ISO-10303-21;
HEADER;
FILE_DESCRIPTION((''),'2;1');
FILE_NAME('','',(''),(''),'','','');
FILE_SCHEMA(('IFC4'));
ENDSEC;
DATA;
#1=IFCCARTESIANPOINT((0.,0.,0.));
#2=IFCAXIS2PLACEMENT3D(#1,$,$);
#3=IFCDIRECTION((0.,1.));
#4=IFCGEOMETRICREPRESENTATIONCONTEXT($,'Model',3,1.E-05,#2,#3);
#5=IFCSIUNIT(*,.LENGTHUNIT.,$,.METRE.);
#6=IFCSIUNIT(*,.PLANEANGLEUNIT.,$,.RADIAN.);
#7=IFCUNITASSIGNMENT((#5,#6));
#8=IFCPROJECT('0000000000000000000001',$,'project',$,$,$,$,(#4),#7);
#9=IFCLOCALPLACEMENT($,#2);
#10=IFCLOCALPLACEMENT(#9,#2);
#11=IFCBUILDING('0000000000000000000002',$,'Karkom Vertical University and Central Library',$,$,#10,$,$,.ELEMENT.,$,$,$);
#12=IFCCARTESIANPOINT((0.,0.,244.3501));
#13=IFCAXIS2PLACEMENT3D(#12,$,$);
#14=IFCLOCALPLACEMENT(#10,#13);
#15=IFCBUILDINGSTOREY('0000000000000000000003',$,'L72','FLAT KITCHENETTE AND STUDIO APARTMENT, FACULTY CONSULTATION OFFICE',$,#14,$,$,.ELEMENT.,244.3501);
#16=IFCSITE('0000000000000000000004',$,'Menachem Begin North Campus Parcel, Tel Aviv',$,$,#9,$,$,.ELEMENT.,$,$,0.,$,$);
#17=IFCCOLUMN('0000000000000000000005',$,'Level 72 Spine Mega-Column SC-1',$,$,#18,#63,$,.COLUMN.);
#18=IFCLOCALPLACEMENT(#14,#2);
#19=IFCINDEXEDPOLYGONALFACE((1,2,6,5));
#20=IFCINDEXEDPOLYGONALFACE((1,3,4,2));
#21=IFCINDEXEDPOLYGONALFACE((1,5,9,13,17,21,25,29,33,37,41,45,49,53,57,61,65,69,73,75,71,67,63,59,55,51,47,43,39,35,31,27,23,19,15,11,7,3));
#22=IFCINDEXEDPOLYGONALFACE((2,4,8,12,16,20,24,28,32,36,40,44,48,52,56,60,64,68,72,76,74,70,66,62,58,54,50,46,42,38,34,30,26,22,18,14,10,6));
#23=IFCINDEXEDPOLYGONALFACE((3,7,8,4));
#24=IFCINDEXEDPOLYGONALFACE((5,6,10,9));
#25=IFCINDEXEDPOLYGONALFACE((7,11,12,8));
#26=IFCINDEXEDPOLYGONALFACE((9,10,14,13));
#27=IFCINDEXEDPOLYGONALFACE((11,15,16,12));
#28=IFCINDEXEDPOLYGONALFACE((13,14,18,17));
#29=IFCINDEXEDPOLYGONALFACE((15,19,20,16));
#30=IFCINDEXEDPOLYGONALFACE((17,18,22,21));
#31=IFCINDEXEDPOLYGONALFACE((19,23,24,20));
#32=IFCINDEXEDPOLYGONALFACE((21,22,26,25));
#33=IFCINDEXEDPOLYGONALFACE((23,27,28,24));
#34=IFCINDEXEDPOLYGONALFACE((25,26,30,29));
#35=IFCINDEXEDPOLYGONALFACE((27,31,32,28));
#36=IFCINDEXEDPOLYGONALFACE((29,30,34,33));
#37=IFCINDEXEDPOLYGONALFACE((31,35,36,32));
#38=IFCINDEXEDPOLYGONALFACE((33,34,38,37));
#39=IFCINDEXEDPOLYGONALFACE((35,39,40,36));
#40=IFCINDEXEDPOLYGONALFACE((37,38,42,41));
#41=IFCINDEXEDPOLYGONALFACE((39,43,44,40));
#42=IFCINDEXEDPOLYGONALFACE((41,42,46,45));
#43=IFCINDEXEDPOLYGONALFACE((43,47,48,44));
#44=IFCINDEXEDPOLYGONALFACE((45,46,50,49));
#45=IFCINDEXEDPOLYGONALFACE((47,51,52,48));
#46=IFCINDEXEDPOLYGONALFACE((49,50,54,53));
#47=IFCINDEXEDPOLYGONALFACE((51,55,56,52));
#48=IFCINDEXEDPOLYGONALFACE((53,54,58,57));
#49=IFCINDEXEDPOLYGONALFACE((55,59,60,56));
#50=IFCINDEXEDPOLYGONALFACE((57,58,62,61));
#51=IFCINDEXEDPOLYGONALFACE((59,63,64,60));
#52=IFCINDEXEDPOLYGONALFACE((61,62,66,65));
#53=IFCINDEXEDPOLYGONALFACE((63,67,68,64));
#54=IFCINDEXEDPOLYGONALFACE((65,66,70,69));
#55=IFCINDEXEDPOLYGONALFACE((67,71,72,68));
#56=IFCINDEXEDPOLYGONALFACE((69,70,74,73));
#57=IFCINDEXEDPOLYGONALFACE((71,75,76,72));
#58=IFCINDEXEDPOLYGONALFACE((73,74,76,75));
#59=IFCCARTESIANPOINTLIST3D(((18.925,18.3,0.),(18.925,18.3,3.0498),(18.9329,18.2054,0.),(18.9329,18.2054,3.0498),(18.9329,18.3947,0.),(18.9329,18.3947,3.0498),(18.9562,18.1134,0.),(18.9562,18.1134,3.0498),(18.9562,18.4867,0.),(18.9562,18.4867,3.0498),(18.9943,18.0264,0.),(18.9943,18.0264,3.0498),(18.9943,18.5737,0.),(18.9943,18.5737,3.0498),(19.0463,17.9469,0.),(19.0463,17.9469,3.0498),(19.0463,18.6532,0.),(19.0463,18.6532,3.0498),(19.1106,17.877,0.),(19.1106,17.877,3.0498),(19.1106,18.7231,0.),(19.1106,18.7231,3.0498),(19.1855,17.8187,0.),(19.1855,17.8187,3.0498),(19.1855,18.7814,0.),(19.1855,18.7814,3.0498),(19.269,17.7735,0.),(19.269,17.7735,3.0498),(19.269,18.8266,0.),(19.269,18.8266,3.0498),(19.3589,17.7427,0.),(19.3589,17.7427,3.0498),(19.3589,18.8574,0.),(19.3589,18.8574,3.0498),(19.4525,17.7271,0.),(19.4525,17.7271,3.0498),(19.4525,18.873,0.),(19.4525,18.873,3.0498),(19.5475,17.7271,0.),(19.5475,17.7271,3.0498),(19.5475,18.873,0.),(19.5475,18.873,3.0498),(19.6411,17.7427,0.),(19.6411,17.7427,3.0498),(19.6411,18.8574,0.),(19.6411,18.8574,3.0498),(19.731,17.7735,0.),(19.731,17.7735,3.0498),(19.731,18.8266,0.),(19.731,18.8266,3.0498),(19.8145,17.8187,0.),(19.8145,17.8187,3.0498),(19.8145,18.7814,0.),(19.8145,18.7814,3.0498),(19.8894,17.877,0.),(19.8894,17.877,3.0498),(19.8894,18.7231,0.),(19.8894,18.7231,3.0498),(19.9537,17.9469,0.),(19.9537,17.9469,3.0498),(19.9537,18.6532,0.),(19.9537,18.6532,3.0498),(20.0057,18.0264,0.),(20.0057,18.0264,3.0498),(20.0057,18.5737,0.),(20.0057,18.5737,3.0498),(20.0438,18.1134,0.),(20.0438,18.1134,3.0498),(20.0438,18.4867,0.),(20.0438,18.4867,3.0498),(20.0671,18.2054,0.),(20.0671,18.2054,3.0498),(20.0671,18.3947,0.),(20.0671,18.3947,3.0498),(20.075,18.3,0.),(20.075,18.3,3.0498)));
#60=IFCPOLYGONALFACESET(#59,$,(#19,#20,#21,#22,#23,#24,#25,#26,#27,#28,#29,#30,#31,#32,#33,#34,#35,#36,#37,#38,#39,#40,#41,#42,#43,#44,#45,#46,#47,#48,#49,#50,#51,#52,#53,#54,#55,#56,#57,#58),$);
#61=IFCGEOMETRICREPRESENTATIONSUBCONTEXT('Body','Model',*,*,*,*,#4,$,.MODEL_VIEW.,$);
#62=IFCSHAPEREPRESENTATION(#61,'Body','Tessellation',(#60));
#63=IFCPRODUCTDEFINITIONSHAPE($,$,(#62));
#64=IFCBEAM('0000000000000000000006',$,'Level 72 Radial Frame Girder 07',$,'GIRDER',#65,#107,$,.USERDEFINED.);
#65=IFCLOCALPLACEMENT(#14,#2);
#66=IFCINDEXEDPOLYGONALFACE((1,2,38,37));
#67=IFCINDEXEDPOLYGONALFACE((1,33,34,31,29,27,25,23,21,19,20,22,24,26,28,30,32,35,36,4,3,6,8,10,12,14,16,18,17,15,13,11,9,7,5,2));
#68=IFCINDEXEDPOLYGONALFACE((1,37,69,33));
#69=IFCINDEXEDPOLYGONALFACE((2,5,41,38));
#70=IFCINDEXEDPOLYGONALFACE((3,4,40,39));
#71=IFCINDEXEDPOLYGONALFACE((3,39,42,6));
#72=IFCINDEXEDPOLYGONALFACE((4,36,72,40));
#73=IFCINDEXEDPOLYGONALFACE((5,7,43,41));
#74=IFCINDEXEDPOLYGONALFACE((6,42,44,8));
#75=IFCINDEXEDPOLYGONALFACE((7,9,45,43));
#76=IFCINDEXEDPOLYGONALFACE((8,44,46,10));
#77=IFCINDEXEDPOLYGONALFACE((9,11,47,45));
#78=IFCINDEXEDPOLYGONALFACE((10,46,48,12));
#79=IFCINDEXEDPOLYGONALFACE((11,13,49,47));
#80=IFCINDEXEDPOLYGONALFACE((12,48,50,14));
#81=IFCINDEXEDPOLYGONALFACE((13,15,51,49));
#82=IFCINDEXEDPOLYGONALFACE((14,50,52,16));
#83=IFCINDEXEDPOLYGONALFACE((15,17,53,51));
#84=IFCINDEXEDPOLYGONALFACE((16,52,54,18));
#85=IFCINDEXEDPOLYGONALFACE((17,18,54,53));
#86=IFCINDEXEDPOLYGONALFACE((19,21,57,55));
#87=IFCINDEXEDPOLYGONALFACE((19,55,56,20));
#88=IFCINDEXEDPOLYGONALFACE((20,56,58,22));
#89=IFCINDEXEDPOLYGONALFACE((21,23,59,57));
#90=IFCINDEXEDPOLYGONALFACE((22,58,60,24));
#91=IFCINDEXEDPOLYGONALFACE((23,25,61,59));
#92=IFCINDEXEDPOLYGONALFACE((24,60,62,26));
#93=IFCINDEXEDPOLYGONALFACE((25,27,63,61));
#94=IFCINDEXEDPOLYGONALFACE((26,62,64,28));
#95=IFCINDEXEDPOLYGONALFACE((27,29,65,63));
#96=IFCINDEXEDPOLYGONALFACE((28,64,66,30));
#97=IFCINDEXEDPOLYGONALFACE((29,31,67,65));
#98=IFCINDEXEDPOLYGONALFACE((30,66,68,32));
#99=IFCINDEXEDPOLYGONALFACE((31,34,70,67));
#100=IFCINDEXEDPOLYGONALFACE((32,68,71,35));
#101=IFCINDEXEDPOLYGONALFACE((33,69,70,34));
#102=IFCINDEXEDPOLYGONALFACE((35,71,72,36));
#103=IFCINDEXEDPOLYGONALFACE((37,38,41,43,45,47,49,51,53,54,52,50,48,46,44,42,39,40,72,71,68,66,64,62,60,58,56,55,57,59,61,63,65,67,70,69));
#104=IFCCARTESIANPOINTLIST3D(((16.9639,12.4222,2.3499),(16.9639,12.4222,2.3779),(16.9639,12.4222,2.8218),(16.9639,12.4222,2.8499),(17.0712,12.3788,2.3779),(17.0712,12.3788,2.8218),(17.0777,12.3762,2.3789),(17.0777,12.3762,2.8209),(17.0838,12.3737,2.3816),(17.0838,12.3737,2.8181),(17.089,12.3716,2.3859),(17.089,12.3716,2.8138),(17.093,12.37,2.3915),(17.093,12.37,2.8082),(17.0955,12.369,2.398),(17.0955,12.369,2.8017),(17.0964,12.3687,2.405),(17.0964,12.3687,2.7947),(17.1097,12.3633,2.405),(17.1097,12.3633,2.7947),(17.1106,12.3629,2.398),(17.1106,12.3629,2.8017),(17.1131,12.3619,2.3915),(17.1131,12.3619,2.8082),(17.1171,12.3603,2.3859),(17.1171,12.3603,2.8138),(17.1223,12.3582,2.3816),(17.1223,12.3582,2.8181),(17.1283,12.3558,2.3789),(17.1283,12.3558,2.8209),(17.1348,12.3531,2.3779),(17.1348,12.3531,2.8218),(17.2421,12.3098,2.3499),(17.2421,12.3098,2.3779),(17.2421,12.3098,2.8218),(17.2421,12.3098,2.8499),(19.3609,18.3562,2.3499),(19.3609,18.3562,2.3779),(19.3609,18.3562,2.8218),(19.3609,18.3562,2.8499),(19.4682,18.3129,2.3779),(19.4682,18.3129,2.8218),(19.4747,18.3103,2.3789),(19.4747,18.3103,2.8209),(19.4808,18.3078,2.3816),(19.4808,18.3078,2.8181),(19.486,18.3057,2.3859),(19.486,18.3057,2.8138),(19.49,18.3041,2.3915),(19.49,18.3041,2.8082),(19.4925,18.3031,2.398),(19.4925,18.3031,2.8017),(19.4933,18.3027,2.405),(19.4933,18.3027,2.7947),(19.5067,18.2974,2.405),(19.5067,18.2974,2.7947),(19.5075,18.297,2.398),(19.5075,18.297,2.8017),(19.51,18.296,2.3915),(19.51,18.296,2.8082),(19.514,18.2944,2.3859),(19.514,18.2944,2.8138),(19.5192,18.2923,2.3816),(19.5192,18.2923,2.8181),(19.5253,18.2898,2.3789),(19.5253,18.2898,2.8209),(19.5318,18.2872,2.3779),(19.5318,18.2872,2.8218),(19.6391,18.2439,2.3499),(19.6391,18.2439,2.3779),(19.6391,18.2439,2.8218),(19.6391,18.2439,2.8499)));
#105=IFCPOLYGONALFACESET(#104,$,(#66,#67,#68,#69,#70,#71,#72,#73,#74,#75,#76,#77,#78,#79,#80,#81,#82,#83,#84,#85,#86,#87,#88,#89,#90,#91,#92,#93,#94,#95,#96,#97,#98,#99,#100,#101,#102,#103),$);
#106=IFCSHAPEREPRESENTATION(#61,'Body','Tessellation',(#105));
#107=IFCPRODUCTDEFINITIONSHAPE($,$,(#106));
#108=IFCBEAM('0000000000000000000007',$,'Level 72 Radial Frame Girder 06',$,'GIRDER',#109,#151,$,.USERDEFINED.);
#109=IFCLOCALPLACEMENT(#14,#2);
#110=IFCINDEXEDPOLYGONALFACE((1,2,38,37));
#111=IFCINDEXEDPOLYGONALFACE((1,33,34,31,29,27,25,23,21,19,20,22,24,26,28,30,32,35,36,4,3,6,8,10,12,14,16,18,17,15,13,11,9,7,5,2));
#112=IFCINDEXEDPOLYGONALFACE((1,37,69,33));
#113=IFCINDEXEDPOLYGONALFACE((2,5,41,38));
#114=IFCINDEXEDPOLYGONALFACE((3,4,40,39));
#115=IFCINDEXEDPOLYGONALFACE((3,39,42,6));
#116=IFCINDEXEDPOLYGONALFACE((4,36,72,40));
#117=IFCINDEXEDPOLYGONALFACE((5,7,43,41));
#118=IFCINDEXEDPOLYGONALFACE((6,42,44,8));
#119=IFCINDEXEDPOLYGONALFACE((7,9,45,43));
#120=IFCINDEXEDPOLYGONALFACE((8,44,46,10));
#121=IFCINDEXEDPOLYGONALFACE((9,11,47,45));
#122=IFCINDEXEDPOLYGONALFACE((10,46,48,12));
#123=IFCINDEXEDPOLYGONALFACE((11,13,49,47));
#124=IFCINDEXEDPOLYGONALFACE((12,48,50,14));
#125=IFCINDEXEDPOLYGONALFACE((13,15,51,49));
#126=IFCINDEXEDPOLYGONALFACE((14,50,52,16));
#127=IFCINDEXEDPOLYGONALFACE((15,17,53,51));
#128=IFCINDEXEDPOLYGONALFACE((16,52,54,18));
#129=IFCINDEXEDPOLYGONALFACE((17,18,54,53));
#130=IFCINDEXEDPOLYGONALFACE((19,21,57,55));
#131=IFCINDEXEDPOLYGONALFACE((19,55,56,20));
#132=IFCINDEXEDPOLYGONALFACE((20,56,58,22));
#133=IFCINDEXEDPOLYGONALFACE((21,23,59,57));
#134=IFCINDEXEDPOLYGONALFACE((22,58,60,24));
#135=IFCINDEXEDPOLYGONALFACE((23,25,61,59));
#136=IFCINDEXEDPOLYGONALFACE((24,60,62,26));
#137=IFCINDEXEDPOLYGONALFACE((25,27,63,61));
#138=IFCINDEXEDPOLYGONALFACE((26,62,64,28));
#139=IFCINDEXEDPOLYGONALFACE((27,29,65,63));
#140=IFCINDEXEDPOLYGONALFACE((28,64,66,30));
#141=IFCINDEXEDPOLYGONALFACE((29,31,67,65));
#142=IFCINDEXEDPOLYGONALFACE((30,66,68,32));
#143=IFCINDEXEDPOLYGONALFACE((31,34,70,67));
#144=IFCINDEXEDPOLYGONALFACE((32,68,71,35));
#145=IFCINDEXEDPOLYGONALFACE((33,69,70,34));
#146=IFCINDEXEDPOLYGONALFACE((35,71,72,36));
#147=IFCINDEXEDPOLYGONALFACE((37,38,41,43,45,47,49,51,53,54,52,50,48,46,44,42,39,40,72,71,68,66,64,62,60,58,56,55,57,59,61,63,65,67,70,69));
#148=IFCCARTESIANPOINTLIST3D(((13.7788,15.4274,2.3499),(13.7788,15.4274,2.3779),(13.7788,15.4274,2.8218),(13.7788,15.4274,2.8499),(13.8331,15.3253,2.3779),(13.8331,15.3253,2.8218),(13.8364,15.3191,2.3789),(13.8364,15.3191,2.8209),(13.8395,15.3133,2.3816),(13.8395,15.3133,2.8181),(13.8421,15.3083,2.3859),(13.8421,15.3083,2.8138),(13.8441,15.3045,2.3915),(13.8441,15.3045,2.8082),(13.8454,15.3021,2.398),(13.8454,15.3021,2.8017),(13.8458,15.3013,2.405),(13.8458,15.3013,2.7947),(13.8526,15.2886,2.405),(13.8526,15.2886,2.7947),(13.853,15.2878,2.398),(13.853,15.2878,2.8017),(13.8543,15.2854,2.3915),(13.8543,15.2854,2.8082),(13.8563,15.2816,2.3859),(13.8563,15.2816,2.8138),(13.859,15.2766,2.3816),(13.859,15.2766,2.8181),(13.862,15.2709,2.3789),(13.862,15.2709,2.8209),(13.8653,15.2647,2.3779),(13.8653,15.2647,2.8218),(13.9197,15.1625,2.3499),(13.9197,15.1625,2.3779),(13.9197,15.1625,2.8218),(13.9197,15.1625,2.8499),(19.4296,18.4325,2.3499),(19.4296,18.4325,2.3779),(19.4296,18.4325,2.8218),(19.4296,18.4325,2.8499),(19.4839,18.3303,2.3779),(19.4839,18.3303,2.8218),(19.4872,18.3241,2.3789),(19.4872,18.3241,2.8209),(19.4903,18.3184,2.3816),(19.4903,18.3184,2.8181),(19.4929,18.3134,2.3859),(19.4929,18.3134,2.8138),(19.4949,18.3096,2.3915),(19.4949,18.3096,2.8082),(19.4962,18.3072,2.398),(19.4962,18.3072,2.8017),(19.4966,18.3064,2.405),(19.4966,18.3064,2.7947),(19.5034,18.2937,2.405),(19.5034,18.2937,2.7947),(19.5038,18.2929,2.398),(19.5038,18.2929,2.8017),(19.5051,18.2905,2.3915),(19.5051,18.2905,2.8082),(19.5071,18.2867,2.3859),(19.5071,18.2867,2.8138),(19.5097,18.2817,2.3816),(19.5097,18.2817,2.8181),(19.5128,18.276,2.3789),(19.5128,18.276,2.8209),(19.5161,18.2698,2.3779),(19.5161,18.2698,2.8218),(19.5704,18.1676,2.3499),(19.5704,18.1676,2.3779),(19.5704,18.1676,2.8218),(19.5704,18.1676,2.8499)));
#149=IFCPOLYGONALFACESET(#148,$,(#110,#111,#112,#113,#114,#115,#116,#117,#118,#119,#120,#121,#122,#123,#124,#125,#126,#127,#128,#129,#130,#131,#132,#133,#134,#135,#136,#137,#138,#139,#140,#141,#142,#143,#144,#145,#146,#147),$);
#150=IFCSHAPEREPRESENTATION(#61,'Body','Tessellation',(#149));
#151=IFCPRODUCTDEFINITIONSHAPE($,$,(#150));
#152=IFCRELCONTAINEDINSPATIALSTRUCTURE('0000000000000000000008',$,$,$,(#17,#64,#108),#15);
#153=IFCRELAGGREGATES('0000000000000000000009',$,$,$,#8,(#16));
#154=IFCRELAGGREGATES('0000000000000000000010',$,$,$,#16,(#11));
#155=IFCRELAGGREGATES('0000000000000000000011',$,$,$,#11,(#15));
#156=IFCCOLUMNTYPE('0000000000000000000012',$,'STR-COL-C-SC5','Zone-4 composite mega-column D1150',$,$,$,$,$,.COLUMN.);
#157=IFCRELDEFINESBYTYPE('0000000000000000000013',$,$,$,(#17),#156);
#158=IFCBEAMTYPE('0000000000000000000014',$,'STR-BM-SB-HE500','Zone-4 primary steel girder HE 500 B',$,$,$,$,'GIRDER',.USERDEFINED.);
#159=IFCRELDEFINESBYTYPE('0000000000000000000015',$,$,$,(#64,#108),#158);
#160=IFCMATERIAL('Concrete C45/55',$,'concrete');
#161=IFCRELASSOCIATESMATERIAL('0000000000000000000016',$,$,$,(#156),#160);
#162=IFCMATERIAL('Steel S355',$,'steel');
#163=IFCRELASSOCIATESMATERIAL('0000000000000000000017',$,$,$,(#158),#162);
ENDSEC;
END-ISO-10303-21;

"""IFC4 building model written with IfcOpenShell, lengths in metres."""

from ifc_helpers import new_model, si_unit, direction, frame, origin, origin_with_axes, origin_2d, place, context, subcontext, project, spatial, circle, i_section, extrude, source, transform, mapped, material, material_profile, profile_set, type_object, element, save


model = new_model("IFC4")

# Units and contexts
model_context = context("Model", 3, precision=1e-05, world=origin(), true_north=direction((0.0, 1.0)))
body_context = subcontext(model_context, "Body", "Model", "MODEL_VIEW")
ifc_project = project(units=[si_unit("LENGTHUNIT", "METRE"), si_unit("PLANEANGLEUNIT", "RADIAN")], contexts=[model_context])

# Site, building, storey
site_placement = place(None, origin())
site = spatial("IfcSite", under=ifc_project, at=site_placement, Name="Menachem Begin North Campus Parcel, Tel Aviv", CompositionType="ELEMENT", RefElevation=0.0)
building_placement = place(site_placement, origin())
building = spatial("IfcBuilding", under=site, at=building_placement, Name="Karkom Vertical University and Central Library", CompositionType="ELEMENT")
storey_placement = place(building_placement, frame((0.0, 0.0, 244.3501)))
storey = spatial("IfcBuildingStorey", under=building, at=storey_placement, Name="L72", Description="FLAT KITCHENETTE AND STUDIO APARTMENT, FACULTY CONSULTATION OFFICE", CompositionType="ELEMENT", Elevation=244.3501)

# Column
ifc_material_1 = material(Name="Concrete C45/55", Category="concrete")
ifc_material_profile_1 = material_profile(ifc_material_1, circle(Radius=0.575, at=origin_2d()), Name="CFT-D1150")
ifc_profile_set_1 = profile_set([ifc_material_profile_1], Name="Concrete C45/55")
column_type = type_object("IfcColumnType", Name="STR-COL-C-SC5", Description="Zone-4 composite mega-column D1150", PredefinedType="COLUMN", material=ifc_profile_set_1)
shared_shape_1 = source(origin_with_axes(), body_context, "Body", "SweptSolid", [
    extrude(circle(Radius=0.575, at=origin_2d()), origin(), (0.0, 0.0, 1.0), 3.0498),
])
column_placement = place(storey_placement, frame((19.5, 18.3, 0.0), z_axis=(0.0, 0.0, 1.0), x_axis=(1.0, 0.0, 0.0)))
element("IfcColumn", 1, at=column_placement, inside=storey, type_object=column_type, Name="Level 72 Spine Mega-Column SC-1", PredefinedType="COLUMN", context=body_context, shape_type="MappedRepresentation", body=[
    mapped(shared_shape_1, transform((0.0, 0.0, 0.0), scale=1.0)),
])

# Beams
ifc_material_2 = material(Name="Steel S355", Category="steel")
ifc_material_profile_2 = material_profile(ifc_material_2, i_section(OverallWidth=0.3, OverallDepth=0.5, WebThickness=0.0144, FlangeThickness=0.0281, FilletRadius=0.0271, at=origin_2d()), Name="HE 500 B")
ifc_profile_set_2 = profile_set([ifc_material_profile_2], Name="Steel S355")
beam_type = type_object("IfcBeamType", Name="STR-BM-SB-HE500", Description="Zone-4 primary steel girder HE 500 B", ElementType="GIRDER", PredefinedType="USERDEFINED", material=ifc_profile_set_2)
shared_shape_2 = source(origin_with_axes(), body_context, "Body", "SweptSolid", [
    extrude(i_section(OverallWidth=0.3, OverallDepth=0.5, WebThickness=0.0144, FlangeThickness=0.0281, FilletRadius=0.0271, at=origin_2d()), origin(), (0.0, 0.0, 1.0), 6.3999),
])
beam_1_placement = place(storey_placement, frame((19.5, 18.3, 2.5999), z_axis=(-0.374532, -0.927214, 0.0), x_axis=(0.927214, -0.374532, 0.0)))
element("IfcBeam", 2, at=beam_1_placement, inside=storey, type_object=beam_type, Name="Level 72 Radial Frame Girder 07", ObjectType="GIRDER", PredefinedType="USERDEFINED", context=body_context, shape_type="MappedRepresentation", body=[
    mapped(shared_shape_2, transform((0.0, 0.0, 0.0), scale=1.0)),
])
shared_shape_3 = source(origin_with_axes(), body_context, "Body", "SweptSolid", [
    extrude(i_section(OverallWidth=0.3, OverallDepth=0.5, WebThickness=0.0144, FlangeThickness=0.0281, FilletRadius=0.0271, at=origin_2d()), origin(), (0.0, 0.0, 1.0), 6.4001),
])
beam_2_placement = place(storey_placement, frame((19.5, 18.3, 2.5999), z_axis=(-0.882915, -0.469533, 0.0), x_axis=(0.469533, -0.882915, 0.0)))
element("IfcBeam", 3, at=beam_2_placement, inside=storey, type_object=beam_type, Name="Level 72 Radial Frame Girder 06", ObjectType="GIRDER", PredefinedType="USERDEFINED", context=body_context, shape_type="MappedRepresentation", body=[
    mapped(shared_shape_3, transform((0.0, 0.0, 0.0), scale=1.0)),
])

save(model, "model.ifc")
